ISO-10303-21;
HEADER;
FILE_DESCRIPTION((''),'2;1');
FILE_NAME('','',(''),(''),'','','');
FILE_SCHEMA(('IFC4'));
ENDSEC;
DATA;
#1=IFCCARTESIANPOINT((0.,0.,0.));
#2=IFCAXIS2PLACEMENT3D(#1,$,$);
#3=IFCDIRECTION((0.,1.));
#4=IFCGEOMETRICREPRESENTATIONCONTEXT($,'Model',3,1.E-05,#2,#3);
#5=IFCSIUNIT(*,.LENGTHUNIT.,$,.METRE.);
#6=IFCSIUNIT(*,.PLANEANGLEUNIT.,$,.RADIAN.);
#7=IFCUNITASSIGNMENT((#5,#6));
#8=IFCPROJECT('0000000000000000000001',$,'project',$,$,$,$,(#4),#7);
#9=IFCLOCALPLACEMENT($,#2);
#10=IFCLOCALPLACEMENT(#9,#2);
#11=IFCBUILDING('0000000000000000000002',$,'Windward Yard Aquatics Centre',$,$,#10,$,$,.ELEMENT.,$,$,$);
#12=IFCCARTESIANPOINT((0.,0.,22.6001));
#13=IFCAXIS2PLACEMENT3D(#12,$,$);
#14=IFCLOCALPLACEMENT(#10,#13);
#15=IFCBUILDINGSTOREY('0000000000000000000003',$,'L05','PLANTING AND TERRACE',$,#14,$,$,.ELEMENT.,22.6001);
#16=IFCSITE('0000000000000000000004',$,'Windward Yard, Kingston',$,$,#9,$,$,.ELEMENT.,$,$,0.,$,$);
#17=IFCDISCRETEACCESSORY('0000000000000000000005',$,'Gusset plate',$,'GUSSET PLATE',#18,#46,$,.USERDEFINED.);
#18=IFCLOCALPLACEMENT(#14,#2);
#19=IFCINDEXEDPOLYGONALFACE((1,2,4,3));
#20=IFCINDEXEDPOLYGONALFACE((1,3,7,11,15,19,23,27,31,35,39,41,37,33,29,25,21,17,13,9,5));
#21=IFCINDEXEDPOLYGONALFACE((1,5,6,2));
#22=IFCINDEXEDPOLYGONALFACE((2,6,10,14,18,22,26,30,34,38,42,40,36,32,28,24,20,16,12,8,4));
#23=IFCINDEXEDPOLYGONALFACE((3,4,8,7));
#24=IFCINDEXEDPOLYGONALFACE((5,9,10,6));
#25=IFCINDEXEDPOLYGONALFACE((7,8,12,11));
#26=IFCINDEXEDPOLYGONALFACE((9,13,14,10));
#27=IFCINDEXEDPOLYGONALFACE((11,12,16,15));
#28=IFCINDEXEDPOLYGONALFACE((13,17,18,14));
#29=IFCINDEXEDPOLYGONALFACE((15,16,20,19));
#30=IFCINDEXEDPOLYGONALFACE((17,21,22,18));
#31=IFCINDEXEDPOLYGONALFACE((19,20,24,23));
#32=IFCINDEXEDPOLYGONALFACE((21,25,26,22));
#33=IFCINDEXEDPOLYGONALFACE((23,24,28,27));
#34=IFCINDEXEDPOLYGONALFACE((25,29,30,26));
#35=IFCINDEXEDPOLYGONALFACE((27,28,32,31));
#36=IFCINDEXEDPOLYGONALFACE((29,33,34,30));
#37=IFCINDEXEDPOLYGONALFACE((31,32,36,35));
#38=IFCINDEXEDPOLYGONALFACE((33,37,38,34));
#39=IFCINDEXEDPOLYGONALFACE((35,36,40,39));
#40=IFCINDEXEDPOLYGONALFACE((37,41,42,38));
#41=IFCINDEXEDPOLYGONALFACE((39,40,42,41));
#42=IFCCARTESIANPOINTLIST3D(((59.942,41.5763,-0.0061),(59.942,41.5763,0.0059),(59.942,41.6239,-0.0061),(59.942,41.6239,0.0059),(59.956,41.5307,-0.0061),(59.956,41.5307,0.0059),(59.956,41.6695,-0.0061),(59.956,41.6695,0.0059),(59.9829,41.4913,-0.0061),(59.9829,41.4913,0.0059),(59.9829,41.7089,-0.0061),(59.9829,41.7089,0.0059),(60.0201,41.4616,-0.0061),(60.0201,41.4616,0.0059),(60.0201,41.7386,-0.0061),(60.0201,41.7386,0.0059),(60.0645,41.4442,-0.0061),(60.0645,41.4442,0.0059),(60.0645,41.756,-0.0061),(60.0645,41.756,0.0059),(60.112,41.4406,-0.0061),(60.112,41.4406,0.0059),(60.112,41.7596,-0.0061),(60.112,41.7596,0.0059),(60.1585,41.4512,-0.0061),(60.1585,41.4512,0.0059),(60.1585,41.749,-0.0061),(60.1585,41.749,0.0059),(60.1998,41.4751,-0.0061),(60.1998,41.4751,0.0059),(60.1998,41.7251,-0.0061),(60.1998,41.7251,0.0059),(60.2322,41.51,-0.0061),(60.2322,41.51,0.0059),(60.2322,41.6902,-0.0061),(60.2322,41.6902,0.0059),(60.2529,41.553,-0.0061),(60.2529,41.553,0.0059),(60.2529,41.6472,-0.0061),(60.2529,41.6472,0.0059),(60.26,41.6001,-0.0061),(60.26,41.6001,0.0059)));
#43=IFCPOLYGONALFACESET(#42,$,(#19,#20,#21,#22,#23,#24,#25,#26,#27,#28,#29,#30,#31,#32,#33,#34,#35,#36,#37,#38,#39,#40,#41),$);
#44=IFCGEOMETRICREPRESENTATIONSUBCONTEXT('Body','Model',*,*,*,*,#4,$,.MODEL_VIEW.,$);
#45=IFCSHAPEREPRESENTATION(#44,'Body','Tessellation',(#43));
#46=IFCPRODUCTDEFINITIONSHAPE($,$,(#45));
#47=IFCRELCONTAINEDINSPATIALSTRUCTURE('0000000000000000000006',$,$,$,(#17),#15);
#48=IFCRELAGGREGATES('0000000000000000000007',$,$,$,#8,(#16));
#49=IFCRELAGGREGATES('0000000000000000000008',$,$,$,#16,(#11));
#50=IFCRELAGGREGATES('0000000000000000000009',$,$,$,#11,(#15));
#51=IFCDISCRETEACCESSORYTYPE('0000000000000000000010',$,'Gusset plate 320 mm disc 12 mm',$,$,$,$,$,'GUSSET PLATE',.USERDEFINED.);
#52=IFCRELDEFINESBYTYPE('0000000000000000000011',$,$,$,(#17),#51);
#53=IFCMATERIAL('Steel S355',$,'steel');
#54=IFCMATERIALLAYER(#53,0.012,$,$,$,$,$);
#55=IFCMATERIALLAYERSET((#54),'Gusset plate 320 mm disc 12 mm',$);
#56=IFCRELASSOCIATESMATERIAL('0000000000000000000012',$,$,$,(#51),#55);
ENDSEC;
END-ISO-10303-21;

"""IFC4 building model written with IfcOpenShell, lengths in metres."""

from ifc_helpers import new_model, si_unit, direction, frame, origin, origin_2d, place, context, subcontext, project, spatial, circle, extrude, material, layer, layer_set, type_object, element, save


model = new_model("IFC4")

# Units and contexts
model_context = context("Model", 3, precision=1e-05, world=origin(), true_north=direction((0.0, 1.0)))
body_context = subcontext(model_context, "Body", "Model", "MODEL_VIEW")
ifc_project = project(units=[si_unit("LENGTHUNIT", "METRE"), si_unit("PLANEANGLEUNIT", "RADIAN")], contexts=[model_context])

# Site, building, storey
site_placement = place(None, origin())
site = spatial("IfcSite", under=ifc_project, at=site_placement, Name="Windward Yard, Kingston", CompositionType="ELEMENT", RefElevation=0.0)
building_placement = place(site_placement, origin())
building = spatial("IfcBuilding", under=site, at=building_placement, Name="Windward Yard Aquatics Centre", CompositionType="ELEMENT")
storey_placement = place(building_placement, frame((0.0, 0.0, 22.6001)))
storey = spatial("IfcBuildingStorey", under=building, at=storey_placement, Name="L05", Description="PLANTING AND TERRACE", CompositionType="ELEMENT", Elevation=22.6001)

# Discrete accessory
ifc_material_1 = material(Name="Steel S355", Category="steel")
ifc_layer_1 = layer(ifc_material_1, 0.012)
ifc_layer_set_1 = layer_set([ifc_layer_1], Name="Gusset plate 320 mm disc 12 mm")
discrete_accessory_type = type_object("IfcDiscreteAccessoryType", Name="Gusset plate 320 mm disc 12 mm", ElementType="GUSSET PLATE", PredefinedType="USERDEFINED", material=ifc_layer_set_1)
for number, where, z_axis, x_axis, name in (
    (1, (60.1001, 41.6001, -0.0061), (0.0, 0.0, 1.0), (1.0, 0.0, 0.0), "Gusset plate"),
):
    element("IfcDiscreteAccessory", number, at=place(storey_placement, frame(where, z_axis=z_axis, x_axis=x_axis)), inside=storey, type_object=discrete_accessory_type, Name=name, ObjectType="GUSSET PLATE", PredefinedType="USERDEFINED", context=body_context, shape_type="SweptSolid", body=[
        extrude(circle(Radius=0.1599, at=origin_2d()), origin(), (0.0, 0.0, 1.0), 0.012),
    ])

save(model, "model.ifc")
